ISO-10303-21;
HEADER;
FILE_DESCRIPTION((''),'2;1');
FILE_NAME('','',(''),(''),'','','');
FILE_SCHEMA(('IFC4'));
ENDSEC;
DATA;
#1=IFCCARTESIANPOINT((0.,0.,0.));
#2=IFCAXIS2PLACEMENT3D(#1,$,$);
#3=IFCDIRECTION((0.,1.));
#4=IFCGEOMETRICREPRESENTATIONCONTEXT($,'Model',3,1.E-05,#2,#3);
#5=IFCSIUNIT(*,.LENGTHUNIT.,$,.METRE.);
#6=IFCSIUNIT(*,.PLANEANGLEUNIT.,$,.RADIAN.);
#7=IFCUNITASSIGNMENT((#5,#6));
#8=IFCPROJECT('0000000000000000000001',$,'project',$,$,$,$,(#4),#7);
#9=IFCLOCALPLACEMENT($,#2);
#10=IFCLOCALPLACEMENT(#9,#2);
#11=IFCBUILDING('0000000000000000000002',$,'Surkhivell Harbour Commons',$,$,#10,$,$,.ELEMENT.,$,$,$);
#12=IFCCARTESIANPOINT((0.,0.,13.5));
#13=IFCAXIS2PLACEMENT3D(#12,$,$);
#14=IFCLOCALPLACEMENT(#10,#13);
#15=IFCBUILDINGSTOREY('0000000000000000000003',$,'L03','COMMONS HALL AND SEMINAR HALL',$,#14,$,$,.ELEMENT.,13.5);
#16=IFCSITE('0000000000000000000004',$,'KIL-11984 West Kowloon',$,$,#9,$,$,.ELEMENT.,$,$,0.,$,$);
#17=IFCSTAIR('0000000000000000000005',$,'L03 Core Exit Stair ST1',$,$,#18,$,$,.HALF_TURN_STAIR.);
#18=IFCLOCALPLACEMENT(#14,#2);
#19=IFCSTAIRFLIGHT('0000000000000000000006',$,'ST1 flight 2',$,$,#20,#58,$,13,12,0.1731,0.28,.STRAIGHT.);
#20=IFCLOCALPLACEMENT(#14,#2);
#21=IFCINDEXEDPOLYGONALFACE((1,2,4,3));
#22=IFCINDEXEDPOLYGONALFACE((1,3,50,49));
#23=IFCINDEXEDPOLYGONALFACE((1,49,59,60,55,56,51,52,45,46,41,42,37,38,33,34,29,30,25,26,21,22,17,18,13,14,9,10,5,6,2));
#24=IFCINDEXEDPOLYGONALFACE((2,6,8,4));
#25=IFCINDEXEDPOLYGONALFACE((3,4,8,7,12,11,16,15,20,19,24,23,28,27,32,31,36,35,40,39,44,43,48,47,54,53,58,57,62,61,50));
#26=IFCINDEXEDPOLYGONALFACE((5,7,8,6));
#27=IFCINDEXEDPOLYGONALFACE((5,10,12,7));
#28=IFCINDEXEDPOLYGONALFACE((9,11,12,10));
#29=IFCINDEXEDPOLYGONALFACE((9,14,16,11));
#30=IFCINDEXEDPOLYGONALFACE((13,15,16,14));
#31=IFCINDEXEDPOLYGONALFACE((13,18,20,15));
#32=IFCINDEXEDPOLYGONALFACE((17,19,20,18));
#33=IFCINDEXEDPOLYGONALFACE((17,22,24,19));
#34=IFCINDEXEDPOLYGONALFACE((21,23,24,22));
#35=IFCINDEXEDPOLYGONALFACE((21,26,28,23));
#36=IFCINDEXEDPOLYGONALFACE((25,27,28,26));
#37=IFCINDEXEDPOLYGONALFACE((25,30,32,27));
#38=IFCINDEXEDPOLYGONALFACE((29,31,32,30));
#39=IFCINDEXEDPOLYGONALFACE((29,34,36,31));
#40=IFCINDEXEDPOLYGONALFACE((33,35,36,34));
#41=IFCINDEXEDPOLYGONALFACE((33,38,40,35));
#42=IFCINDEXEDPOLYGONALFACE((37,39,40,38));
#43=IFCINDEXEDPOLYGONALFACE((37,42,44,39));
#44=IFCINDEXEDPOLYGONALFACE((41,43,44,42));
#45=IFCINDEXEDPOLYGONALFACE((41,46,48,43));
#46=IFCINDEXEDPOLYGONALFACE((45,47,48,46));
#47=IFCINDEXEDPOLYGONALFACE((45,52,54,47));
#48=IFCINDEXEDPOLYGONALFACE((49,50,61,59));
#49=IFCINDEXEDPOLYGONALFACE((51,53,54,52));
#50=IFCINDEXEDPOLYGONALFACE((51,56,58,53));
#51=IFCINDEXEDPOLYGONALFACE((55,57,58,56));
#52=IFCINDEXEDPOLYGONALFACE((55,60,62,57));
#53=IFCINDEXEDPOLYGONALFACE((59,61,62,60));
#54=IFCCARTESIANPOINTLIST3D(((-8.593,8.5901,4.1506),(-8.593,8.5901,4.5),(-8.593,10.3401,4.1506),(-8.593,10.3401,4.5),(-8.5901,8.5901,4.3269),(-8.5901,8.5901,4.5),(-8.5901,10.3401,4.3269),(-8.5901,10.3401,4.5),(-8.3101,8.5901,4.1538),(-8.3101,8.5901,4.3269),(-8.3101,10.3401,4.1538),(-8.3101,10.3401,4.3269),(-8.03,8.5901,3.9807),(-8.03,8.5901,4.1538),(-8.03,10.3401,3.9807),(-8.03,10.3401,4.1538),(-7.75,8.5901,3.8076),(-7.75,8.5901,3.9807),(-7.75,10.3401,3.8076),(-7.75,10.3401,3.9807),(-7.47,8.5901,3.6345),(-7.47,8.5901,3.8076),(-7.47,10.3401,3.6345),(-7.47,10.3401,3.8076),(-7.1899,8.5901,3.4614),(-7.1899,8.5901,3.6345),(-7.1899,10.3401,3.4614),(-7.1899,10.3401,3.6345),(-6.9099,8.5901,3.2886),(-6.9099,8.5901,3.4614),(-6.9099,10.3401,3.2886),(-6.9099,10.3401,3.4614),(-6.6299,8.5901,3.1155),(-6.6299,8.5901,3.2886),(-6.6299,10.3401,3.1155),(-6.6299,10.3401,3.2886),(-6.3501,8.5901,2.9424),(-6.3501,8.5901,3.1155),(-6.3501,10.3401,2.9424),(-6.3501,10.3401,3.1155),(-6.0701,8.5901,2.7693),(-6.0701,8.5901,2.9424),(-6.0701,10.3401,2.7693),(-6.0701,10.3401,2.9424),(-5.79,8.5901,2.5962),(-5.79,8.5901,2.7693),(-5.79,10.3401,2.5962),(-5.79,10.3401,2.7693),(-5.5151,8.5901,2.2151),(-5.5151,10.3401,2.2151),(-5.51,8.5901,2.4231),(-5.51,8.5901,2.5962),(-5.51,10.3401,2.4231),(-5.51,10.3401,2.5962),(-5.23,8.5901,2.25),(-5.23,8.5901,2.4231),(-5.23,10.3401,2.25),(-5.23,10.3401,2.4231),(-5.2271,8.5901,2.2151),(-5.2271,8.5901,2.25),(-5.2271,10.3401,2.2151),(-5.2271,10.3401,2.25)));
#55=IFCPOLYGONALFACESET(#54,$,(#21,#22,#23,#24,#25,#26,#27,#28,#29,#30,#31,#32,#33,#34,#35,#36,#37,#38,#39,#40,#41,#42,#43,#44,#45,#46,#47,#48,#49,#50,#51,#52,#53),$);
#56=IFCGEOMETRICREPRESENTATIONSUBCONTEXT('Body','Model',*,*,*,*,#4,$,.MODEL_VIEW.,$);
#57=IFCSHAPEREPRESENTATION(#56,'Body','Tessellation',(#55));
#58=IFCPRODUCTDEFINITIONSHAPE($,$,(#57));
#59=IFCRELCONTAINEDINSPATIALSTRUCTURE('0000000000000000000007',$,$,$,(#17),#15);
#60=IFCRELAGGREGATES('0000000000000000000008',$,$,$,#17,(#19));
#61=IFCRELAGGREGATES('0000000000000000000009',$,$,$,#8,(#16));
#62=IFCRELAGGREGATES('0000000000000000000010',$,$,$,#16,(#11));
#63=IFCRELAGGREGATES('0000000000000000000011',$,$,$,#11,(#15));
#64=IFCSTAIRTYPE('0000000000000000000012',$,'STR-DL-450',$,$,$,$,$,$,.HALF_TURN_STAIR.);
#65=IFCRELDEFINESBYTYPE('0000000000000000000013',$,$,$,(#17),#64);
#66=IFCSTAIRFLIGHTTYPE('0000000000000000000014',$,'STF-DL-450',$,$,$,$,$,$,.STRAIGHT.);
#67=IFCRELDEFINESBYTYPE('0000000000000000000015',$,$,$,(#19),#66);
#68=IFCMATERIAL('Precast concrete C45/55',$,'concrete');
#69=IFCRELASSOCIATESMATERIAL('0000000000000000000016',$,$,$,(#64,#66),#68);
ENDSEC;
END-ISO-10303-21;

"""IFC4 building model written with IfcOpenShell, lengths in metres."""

from ifc_helpers import new_model, si_unit, direction, frame, origin, place, context, subcontext, project, spatial, polyline, outline, extrude, material, type_object, element, aggregate, save


model = new_model("IFC4")

# Units and contexts
model_context = context("Model", 3, precision=1e-05, world=origin(), true_north=direction((0.0, 1.0)))
body_context = subcontext(model_context, "Body", "Model", "MODEL_VIEW")
ifc_project = project(units=[si_unit("LENGTHUNIT", "METRE"), si_unit("PLANEANGLEUNIT", "RADIAN")], contexts=[model_context])

# Site, building, storey
site_placement = place(None, origin())
site = spatial("IfcSite", under=ifc_project, at=site_placement, Name="KIL-11984 West Kowloon", CompositionType="ELEMENT", RefElevation=0.0)
building_placement = place(site_placement, origin())
building = spatial("IfcBuilding", under=site, at=building_placement, Name="Surkhivell Harbour Commons", CompositionType="ELEMENT")
storey_placement = place(building_placement, frame((0.0, 0.0, 13.5)))
storey = spatial("IfcBuildingStorey", under=building, at=storey_placement, Name="L03", Description="COMMONS HALL AND SEMINAR HALL", CompositionType="ELEMENT", Elevation=13.5)

# Stair, stair flight
ifc_material_1 = material(Name="Precast concrete C45/55", Category="concrete")
stair_type = type_object("IfcStairType", Name="STR-DL-450", PredefinedType="HALF_TURN_STAIR", material=ifc_material_1)
stair_placement = place(storey_placement, origin())
stair = element("IfcStair", 1, at=stair_placement, inside=storey, type_object=stair_type, Name="L03 Core Exit Stair ST1", PredefinedType="HALF_TURN_STAIR")
stair_flight_type = type_object("IfcStairFlightType", Name="STF-DL-450", PredefinedType="STRAIGHT", material=ifc_material_1)
stair_flight_placement = place(storey_placement, frame((-5.23, 9.4651, 2.25), z_axis=(0.0, 0.0, 1.0), x_axis=(-1.0, 0.0, 0.0)))
stair_flight = element("IfcStairFlight", 2, at=stair_flight_placement, type_object=stair_flight_type, Name="ST1 flight 2", NumberOfRisers=13, NumberOfTreads=12, PredefinedType="STRAIGHT", RiserHeight=0.1731, TreadLength=0.28, context=body_context, shape_type="SweptSolid", body=[
    extrude(outline(polyline([(-0.0029, -0.0349), (-0.0029, 0.0), (0.0, 0.0), (0.0, 0.1731), (0.28, 0.1731), (0.28, 0.3462), (0.5601, 0.3462), (0.5601, 0.5193), (0.8401, 0.5193), (0.8401, 0.6924), (1.1201, 0.6924), (1.1201, 0.8655), (1.3999, 0.8655), (1.3999, 1.0386), (1.6799, 1.0386), (1.6799, 1.2114), (1.96, 1.2114), (1.96, 1.3845), (2.24, 1.3845), (2.24, 1.5576), (2.52, 1.5576), (2.52, 1.7307), (2.8, 1.7307), (2.8, 1.9038), (3.0801, 1.9038), (3.0801, 2.0769), (3.3601, 2.0769), (3.3601, 2.25), (3.363, 2.25), (3.363, 1.9006), (0.2852, -0.0349), (-0.0029, -0.0349)])), frame((0.0, 0.875, 0.0), z_axis=(0.0, -1.0, 0.0), x_axis=(1.0, 0.0, 0.0)), (0.0, 0.0, 1.0), 1.75),
])
aggregate(stair, [stair_flight])

save(model, "model.ifc")
